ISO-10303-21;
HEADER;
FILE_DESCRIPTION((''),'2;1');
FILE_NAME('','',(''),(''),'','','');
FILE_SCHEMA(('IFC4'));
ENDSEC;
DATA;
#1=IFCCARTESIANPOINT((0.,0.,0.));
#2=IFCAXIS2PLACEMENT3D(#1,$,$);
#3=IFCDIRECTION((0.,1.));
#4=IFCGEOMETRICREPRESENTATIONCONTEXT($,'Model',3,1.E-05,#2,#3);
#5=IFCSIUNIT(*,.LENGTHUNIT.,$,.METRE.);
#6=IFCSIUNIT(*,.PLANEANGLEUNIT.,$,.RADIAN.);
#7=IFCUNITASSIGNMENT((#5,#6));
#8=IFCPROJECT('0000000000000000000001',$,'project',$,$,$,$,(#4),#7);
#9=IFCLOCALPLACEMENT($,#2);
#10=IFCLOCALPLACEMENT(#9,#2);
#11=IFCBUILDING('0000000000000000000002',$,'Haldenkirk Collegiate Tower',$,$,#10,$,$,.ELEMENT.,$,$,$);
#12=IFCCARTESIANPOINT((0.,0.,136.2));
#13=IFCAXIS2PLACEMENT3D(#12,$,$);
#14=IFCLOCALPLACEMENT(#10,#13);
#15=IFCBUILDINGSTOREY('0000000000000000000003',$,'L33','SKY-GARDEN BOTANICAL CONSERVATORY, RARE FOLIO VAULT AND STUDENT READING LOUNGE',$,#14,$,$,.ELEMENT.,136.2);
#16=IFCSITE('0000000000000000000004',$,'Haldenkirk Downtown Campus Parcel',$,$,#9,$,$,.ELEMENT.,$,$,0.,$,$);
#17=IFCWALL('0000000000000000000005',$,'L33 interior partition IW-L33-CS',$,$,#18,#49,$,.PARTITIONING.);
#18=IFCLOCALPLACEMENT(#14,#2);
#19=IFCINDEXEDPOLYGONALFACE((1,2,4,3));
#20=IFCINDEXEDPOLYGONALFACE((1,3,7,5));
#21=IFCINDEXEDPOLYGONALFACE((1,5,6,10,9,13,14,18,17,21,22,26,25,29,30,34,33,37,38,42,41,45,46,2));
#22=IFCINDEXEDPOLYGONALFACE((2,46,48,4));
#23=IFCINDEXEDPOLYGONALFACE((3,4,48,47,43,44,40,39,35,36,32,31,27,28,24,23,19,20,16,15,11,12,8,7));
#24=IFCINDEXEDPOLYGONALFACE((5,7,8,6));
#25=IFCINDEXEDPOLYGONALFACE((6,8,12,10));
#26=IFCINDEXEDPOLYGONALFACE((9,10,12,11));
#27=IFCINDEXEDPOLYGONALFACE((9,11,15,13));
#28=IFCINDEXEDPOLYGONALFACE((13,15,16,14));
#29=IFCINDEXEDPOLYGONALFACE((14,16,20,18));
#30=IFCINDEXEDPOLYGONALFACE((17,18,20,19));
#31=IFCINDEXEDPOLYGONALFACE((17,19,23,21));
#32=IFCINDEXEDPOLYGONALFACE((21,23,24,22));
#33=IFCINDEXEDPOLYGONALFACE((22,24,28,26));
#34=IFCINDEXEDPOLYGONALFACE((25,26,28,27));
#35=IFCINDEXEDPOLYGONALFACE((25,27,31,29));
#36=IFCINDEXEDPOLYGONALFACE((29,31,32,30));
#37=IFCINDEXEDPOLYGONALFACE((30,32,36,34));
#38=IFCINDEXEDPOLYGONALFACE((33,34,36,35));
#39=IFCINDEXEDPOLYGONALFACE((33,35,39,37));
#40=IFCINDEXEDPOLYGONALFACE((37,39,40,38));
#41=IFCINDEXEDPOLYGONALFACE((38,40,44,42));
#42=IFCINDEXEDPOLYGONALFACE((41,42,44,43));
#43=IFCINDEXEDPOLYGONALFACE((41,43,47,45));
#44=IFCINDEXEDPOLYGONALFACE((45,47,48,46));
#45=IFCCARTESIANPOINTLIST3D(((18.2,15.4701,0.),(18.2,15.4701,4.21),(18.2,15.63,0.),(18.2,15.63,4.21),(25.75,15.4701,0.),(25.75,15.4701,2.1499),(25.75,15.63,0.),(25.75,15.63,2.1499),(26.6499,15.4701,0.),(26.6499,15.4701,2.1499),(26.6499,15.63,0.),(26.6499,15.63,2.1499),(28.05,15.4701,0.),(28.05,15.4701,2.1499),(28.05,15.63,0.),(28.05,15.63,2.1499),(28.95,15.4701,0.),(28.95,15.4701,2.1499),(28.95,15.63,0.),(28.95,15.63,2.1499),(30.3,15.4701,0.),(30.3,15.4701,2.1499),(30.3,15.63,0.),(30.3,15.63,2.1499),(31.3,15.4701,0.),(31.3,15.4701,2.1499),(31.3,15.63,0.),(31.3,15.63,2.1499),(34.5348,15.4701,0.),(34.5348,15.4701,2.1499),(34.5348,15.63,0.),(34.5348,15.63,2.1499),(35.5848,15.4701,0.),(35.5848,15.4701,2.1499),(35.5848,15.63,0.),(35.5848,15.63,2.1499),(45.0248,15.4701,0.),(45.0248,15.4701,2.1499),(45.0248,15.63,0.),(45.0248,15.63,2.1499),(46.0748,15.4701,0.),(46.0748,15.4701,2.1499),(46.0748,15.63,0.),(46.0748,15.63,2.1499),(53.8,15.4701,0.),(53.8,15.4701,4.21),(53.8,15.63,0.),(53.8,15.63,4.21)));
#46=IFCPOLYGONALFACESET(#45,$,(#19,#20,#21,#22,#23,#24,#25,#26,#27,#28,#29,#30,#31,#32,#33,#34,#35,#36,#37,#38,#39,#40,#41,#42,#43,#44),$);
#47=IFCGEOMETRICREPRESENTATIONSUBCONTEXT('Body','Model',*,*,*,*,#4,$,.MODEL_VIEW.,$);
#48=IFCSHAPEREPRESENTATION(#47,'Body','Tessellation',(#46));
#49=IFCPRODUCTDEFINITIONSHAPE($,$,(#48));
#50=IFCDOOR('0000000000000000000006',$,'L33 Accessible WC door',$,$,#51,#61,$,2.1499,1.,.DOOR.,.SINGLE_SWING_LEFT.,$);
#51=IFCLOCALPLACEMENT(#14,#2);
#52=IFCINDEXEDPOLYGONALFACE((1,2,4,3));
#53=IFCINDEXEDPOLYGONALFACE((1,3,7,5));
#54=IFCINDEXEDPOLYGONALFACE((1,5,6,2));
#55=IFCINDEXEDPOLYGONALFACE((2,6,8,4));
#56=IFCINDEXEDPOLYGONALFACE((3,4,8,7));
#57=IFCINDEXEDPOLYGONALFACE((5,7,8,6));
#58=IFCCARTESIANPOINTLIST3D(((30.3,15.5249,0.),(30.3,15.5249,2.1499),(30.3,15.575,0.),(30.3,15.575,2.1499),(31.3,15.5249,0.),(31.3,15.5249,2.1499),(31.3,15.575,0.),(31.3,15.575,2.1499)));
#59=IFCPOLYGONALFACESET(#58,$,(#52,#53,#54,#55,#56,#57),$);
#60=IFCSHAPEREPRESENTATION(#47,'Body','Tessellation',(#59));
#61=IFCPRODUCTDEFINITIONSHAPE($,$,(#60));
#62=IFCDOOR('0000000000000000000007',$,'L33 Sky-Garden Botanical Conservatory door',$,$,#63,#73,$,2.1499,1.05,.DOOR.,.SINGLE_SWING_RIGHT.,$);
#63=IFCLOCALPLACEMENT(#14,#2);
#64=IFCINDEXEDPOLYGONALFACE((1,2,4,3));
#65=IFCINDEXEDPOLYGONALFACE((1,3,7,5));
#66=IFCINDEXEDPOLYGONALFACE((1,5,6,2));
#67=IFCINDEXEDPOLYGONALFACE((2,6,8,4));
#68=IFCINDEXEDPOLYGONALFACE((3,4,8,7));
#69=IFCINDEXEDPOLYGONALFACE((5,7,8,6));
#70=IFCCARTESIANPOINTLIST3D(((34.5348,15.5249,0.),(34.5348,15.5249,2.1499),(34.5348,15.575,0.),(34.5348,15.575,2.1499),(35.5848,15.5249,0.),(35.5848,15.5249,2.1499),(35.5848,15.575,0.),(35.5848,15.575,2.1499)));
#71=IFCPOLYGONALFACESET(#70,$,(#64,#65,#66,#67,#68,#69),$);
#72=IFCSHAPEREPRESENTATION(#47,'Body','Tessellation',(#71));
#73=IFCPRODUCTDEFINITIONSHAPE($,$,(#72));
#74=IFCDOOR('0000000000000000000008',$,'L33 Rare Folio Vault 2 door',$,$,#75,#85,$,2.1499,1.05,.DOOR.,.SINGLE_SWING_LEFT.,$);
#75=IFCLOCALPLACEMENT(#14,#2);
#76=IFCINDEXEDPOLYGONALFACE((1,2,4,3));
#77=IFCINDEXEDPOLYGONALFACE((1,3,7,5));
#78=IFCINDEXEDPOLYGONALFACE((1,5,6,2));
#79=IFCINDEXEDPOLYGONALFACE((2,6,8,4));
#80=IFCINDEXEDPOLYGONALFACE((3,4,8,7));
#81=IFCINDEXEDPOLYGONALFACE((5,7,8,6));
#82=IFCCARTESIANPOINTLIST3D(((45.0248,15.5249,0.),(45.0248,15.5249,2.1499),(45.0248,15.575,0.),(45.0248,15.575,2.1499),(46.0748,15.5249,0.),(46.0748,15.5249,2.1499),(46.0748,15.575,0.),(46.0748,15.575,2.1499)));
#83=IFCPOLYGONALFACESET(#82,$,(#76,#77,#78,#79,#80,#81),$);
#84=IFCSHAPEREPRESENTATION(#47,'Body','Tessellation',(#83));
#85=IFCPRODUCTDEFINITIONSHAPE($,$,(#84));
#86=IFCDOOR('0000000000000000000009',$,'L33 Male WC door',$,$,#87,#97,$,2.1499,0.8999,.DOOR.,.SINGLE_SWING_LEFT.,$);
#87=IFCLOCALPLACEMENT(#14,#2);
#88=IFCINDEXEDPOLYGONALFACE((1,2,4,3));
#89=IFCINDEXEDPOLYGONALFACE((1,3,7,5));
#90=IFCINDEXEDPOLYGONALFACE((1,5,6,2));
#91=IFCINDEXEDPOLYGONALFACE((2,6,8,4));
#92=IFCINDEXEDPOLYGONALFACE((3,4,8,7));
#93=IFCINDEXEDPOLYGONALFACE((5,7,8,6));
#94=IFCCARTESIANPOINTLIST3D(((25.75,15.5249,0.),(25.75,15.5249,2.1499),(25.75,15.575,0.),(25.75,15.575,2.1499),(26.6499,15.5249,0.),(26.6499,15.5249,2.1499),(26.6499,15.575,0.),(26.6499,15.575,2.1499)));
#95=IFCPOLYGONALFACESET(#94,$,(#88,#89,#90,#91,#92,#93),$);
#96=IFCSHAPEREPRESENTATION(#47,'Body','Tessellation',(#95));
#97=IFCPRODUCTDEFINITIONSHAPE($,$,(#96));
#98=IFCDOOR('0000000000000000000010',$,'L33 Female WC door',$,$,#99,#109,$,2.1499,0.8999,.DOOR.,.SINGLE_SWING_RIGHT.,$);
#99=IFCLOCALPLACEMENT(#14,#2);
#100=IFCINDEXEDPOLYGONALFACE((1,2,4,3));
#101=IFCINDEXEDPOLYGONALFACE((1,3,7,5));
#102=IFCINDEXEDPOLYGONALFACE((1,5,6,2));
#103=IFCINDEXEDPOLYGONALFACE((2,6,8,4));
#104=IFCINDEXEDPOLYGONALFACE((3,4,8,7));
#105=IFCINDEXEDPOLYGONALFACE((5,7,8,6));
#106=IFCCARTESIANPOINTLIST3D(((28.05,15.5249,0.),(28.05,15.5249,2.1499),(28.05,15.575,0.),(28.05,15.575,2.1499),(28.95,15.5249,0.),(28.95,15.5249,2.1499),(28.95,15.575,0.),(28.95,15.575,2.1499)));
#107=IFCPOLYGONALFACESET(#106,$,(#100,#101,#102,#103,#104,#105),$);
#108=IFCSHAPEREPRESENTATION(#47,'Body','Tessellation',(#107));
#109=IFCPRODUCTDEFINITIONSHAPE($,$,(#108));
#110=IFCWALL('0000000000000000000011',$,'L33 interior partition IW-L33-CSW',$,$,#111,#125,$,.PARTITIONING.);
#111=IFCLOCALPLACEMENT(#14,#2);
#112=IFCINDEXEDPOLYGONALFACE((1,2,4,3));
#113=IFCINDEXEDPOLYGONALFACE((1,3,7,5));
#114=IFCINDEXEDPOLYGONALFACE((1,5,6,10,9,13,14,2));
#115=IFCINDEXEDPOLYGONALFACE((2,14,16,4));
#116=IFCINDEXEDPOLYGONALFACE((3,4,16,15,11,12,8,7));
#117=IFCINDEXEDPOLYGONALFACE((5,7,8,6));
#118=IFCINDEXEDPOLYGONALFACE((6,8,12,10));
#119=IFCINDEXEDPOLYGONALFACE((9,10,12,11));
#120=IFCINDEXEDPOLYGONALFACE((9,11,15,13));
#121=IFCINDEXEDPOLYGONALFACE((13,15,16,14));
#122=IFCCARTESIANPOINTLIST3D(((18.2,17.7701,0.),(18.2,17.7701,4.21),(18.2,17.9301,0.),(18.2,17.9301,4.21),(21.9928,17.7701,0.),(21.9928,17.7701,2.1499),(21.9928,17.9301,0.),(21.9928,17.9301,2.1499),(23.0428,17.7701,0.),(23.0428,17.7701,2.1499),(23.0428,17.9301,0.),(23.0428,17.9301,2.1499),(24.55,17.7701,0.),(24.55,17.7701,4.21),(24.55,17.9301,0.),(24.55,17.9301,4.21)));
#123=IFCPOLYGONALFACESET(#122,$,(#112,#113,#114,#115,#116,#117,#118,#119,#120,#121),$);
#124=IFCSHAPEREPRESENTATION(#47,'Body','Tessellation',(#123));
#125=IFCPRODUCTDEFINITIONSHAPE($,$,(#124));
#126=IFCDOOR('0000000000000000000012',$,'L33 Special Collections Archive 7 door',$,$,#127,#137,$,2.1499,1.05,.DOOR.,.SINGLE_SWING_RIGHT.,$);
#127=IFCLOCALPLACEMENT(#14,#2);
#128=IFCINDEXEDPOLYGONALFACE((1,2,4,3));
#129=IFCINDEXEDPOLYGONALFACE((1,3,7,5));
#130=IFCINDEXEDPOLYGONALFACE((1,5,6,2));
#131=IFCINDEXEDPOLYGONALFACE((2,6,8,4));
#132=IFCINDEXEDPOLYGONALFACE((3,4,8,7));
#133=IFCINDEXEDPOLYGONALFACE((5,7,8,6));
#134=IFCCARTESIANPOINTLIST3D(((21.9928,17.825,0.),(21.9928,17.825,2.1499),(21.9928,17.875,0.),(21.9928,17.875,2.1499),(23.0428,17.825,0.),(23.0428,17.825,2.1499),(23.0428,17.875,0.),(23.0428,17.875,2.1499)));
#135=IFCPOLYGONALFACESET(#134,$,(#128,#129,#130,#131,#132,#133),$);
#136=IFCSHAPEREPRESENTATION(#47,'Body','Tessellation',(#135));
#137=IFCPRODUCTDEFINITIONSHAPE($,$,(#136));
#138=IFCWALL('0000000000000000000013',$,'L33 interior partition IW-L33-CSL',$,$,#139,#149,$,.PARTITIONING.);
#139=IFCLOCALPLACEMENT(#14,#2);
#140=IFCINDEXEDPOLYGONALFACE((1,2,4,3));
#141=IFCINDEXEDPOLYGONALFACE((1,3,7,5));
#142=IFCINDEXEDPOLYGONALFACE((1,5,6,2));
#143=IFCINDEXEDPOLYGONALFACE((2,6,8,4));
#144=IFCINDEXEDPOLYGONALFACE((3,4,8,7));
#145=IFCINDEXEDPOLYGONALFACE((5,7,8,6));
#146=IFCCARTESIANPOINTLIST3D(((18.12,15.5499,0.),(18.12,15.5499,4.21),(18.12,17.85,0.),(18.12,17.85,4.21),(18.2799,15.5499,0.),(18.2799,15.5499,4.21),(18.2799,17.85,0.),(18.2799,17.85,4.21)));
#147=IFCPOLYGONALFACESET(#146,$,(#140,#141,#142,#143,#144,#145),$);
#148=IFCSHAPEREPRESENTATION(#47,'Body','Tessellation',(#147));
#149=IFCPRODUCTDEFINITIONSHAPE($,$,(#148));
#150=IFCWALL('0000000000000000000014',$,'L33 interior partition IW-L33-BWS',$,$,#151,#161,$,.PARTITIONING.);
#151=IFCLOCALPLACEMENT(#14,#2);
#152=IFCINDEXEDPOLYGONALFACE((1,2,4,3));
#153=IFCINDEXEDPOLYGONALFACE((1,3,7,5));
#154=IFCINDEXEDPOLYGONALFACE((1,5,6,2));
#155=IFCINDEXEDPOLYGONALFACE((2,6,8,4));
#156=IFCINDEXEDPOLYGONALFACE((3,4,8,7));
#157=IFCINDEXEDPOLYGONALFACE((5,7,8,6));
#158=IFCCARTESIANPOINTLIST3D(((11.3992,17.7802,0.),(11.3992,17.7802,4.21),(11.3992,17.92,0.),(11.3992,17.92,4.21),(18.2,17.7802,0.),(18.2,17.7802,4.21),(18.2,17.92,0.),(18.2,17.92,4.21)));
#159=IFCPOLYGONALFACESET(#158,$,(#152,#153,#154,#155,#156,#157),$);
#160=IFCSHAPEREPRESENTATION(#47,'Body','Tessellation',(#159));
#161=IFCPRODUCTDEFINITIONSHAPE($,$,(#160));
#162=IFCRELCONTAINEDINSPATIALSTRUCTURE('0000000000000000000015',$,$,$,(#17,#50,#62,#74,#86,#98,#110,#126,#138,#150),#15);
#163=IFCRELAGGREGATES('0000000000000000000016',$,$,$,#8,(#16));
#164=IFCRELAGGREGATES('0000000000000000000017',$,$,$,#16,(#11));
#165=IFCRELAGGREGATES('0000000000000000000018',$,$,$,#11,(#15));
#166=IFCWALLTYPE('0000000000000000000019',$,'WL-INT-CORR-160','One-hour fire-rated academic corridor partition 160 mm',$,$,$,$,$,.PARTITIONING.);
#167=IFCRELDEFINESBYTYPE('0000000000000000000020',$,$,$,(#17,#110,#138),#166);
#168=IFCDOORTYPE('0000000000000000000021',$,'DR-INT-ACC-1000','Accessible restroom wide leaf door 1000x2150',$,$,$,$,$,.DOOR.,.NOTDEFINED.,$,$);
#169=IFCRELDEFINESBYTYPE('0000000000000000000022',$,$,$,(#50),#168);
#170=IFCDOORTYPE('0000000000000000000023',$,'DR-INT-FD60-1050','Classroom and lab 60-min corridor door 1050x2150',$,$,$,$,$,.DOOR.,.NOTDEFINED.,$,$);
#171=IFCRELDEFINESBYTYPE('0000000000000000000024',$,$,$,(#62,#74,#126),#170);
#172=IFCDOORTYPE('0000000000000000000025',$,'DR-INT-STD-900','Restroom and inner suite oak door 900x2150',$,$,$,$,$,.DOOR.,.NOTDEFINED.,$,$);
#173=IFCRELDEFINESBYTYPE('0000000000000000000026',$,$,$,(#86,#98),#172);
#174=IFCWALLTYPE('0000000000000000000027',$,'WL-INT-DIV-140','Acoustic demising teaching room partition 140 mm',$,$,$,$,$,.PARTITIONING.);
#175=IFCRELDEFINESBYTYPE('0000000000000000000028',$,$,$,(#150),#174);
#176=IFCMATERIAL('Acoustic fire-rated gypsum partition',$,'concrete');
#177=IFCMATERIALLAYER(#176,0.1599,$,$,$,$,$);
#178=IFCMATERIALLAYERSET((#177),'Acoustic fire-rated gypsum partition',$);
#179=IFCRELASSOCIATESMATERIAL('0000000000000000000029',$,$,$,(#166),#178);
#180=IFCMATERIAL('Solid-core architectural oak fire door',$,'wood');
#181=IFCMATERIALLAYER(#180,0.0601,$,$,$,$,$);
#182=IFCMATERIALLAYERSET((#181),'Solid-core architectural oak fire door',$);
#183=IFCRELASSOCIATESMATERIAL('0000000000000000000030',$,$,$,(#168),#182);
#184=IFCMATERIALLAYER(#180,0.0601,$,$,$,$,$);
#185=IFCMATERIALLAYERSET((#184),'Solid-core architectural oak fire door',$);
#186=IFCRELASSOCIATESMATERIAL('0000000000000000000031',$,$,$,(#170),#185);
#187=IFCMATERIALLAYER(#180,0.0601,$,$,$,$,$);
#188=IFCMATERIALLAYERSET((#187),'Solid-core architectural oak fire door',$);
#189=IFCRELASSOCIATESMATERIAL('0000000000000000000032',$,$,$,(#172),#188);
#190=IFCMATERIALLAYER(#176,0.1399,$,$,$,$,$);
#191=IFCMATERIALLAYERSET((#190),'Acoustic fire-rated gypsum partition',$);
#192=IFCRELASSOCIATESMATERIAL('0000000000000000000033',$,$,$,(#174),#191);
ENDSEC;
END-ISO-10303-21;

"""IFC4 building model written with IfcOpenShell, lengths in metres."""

from ifc_helpers import new_model, si_unit, direction, frame, frame_2d, origin, place, context, subcontext, project, spatial, rectangle, extrude, material, layer, layer_set, type_object, element, fill, save


model = new_model("IFC4")

# Units and contexts
model_context = context("Model", 3, precision=1e-05, world=origin(), true_north=direction((0.0, 1.0)))
body_context = subcontext(model_context, "Body", "Model", "MODEL_VIEW")
ifc_project = project(units=[si_unit("LENGTHUNIT", "METRE"), si_unit("PLANEANGLEUNIT", "RADIAN")], contexts=[model_context])

# Site, building, storey
site_placement = place(None, origin())
site = spatial("IfcSite", under=ifc_project, at=site_placement, Name="Haldenkirk Downtown Campus Parcel", CompositionType="ELEMENT", RefElevation=0.0)
building_placement = place(site_placement, origin())
building = spatial("IfcBuilding", under=site, at=building_placement, Name="Haldenkirk Collegiate Tower", CompositionType="ELEMENT")
storey_placement = place(building_placement, frame((0.0, 0.0, 136.2)))
storey = spatial("IfcBuildingStorey", under=building, at=storey_placement, Name="L33", Description="SKY-GARDEN BOTANICAL CONSERVATORY, RARE FOLIO VAULT AND STUDENT READING LOUNGE", CompositionType="ELEMENT", Elevation=136.2)

# Wall, openings, doors
ifc_material_1 = material(Name="Acoustic fire-rated gypsum partition", Category="concrete")
ifc_layer_1 = layer(ifc_material_1, 0.1599)
ifc_layer_set_1 = layer_set([ifc_layer_1], Name="Acoustic fire-rated gypsum partition")
wall_type_1 = type_object("IfcWallType", Name="WL-INT-CORR-160", Description="One-hour fire-rated academic corridor partition 160 mm", PredefinedType="PARTITIONING", material=ifc_layer_set_1)
wall_1_placement = place(storey_placement, frame((18.2, 15.55, 0.0), z_axis=(0.0, 0.0, 1.0), x_axis=(1.0, 0.0, 0.0)))
wall_1 = element("IfcWall", 1, at=wall_1_placement, inside=storey, type_object=wall_type_1, Name="L33 interior partition IW-L33-CS", PredefinedType="PARTITIONING", context=body_context, shape_type="SweptSolid", body=[
    extrude(rectangle(XDim=35.6001, YDim=0.1599, at=frame_2d((17.8, 0.0))), origin(), (0.0, 0.0, 1.0), 4.21),
])
opening_1_placement = place(wall_1_placement, frame((7.55, 0.0, 0.0)))
opening_1 = element("IfcOpeningElement", 2, at=opening_1_placement, cuts=wall_1, PredefinedType="OPENING", context=body_context, shape_type="SweptSolid", body=[
    extrude(rectangle(XDim=0.8999, YDim=2.1499, at=frame_2d((0.45, 1.075))), frame((0.0, 0.0898, 0.0), z_axis=(0.0, -1.0, 0.0), x_axis=(1.0, 0.0, 0.0)), (0.0, 0.0, 1.0), 0.1799),
])
opening_2_placement = place(wall_1_placement, frame((9.8501, 0.0, 0.0)))
opening_2 = element("IfcOpeningElement", 3, at=opening_2_placement, cuts=wall_1, PredefinedType="OPENING", context=body_context, shape_type="SweptSolid", body=[
    extrude(rectangle(XDim=0.8999, YDim=2.1499, at=frame_2d((0.45, 1.075))), frame((0.0, 0.0898, 0.0), z_axis=(0.0, -1.0, 0.0), x_axis=(1.0, 0.0, 0.0)), (0.0, 0.0, 1.0), 0.1799),
])
opening_3_placement = place(wall_1_placement, frame((12.1001, 0.0, 0.0)))
opening_3 = element("IfcOpeningElement", 4, at=opening_3_placement, cuts=wall_1, PredefinedType="OPENING", context=body_context, shape_type="SweptSolid", body=[
    extrude(rectangle(XDim=1.0, YDim=2.1499, at=frame_2d((0.5, 1.075))), frame((0.0, 0.0898, 0.0), z_axis=(0.0, -1.0, 0.0), x_axis=(1.0, 0.0, 0.0)), (0.0, 0.0, 1.0), 0.1799),
])
opening_4_placement = place(wall_1_placement, frame((16.335, 0.0, 0.0)))
opening_4 = element("IfcOpeningElement", 5, at=opening_4_placement, cuts=wall_1, PredefinedType="OPENING", context=body_context, shape_type="SweptSolid", body=[
    extrude(rectangle(XDim=1.05, YDim=2.1499, at=frame_2d((0.5249, 1.075))), frame((0.0, 0.0898, 0.0), z_axis=(0.0, -1.0, 0.0), x_axis=(1.0, 0.0, 0.0)), (0.0, 0.0, 1.0), 0.1799),
])
opening_5_placement = place(wall_1_placement, frame((26.825, 0.0, 0.0)))
opening_5 = element("IfcOpeningElement", 6, at=opening_5_placement, cuts=wall_1, PredefinedType="OPENING", context=body_context, shape_type="SweptSolid", body=[
    extrude(rectangle(XDim=1.05, YDim=2.1499, at=frame_2d((0.5249, 1.075))), frame((0.0, 0.0898, 0.0), z_axis=(0.0, -1.0, 0.0), x_axis=(1.0, 0.0, 0.0)), (0.0, 0.0, 1.0), 0.1799),
])
ifc_material_2 = material(Name="Solid-core architectural oak fire door", Category="wood")
ifc_layer_2 = layer(ifc_material_2, 0.0601)
ifc_layer_set_2 = layer_set([ifc_layer_2], Name="Solid-core architectural oak fire door")
door_type_1 = type_object("IfcDoorType", Name="DR-INT-ACC-1000", Description="Accessible restroom wide leaf door 1000x2150", OperationType="NOTDEFINED", PredefinedType="DOOR", material=ifc_layer_set_2)
door_1_placement = place(opening_3_placement, origin())
door_1 = element("IfcDoor", 7, at=door_1_placement, inside=storey, type_object=door_type_1, Name="L33 Accessible WC door", OperationType="SINGLE_SWING_LEFT", OverallHeight=2.1499, OverallWidth=1.0, PredefinedType="DOOR", context=body_context, shape_type="SweptSolid", body=[
    extrude(rectangle(XDim=1.0, YDim=2.1499, at=frame_2d((0.5, 1.075))), frame((0.0, 0.0249, 0.0), z_axis=(0.0, -1.0, 0.0), x_axis=(1.0, 0.0, 0.0)), (0.0, 0.0, 1.0), 0.05),
])
fill(opening_3, door_1)
ifc_layer_3 = layer(ifc_material_2, 0.0601)
ifc_layer_set_3 = layer_set([ifc_layer_3], Name="Solid-core architectural oak fire door")
door_type_2 = type_object("IfcDoorType", Name="DR-INT-FD60-1050", Description="Classroom and lab 60-min corridor door 1050x2150", OperationType="NOTDEFINED", PredefinedType="DOOR", material=ifc_layer_set_3)
door_2_placement = place(opening_4_placement, origin())
door_2 = element("IfcDoor", 8, at=door_2_placement, inside=storey, type_object=door_type_2, Name="L33 Sky-Garden Botanical Conservatory door", OperationType="SINGLE_SWING_RIGHT", OverallHeight=2.1499, OverallWidth=1.05, PredefinedType="DOOR", context=body_context, shape_type="SweptSolid", body=[
    extrude(rectangle(XDim=1.05, YDim=2.1499, at=frame_2d((0.5249, 1.075))), frame((0.0, 0.0249, 0.0), z_axis=(0.0, -1.0, 0.0), x_axis=(1.0, 0.0, 0.0)), (0.0, 0.0, 1.0), 0.05),
])
fill(opening_4, door_2)
door_3_placement = place(opening_5_placement, origin())
door_3 = element("IfcDoor", 9, at=door_3_placement, inside=storey, type_object=door_type_2, Name="L33 Rare Folio Vault 2 door", OperationType="SINGLE_SWING_LEFT", OverallHeight=2.1499, OverallWidth=1.05, PredefinedType="DOOR", context=body_context, shape_type="SweptSolid", body=[
    extrude(rectangle(XDim=1.05, YDim=2.1499, at=frame_2d((0.5249, 1.075))), frame((0.0, 0.0249, 0.0), z_axis=(0.0, -1.0, 0.0), x_axis=(1.0, 0.0, 0.0)), (0.0, 0.0, 1.0), 0.05),
])
fill(opening_5, door_3)
ifc_layer_4 = layer(ifc_material_2, 0.0601)
ifc_layer_set_4 = layer_set([ifc_layer_4], Name="Solid-core architectural oak fire door")
door_type_3 = type_object("IfcDoorType", Name="DR-INT-STD-900", Description="Restroom and inner suite oak door 900x2150", OperationType="NOTDEFINED", PredefinedType="DOOR", material=ifc_layer_set_4)
door_4_placement = place(opening_1_placement, origin())
door_4 = element("IfcDoor", 10, at=door_4_placement, inside=storey, type_object=door_type_3, Name="L33 Male WC door", OperationType="SINGLE_SWING_LEFT", OverallHeight=2.1499, OverallWidth=0.8999, PredefinedType="DOOR", context=body_context, shape_type="SweptSolid", body=[
    extrude(rectangle(XDim=0.8999, YDim=2.1499, at=frame_2d((0.45, 1.075))), frame((0.0, 0.0249, 0.0), z_axis=(0.0, -1.0, 0.0), x_axis=(1.0, 0.0, 0.0)), (0.0, 0.0, 1.0), 0.05),
])
fill(opening_1, door_4)
door_5_placement = place(opening_2_placement, origin())
door_5 = element("IfcDoor", 11, at=door_5_placement, inside=storey, type_object=door_type_3, Name="L33 Female WC door", OperationType="SINGLE_SWING_RIGHT", OverallHeight=2.1499, OverallWidth=0.8999, PredefinedType="DOOR", context=body_context, shape_type="SweptSolid", body=[
    extrude(rectangle(XDim=0.8999, YDim=2.1499, at=frame_2d((0.45, 1.075))), frame((0.0, 0.0249, 0.0), z_axis=(0.0, -1.0, 0.0), x_axis=(1.0, 0.0, 0.0)), (0.0, 0.0, 1.0), 0.05),
])
fill(opening_2, door_5)

# Wall, opening, door
wall_2_placement = place(storey_placement, frame((18.2, 17.8501, 0.0), z_axis=(0.0, 0.0, 1.0), x_axis=(1.0, 0.0, 0.0)))
wall_2 = element("IfcWall", 12, at=wall_2_placement, inside=storey, type_object=wall_type_1, Name="L33 interior partition IW-L33-CSW", PredefinedType="PARTITIONING", context=body_context, shape_type="SweptSolid", body=[
    extrude(rectangle(XDim=6.3501, YDim=0.1599, at=frame_2d((3.175, 0.0))), origin(), (0.0, 0.0, 1.0), 4.21),
])
opening_6_placement = place(wall_2_placement, frame((3.793, 0.0, 0.0)))
opening_6 = element("IfcOpeningElement", 13, at=opening_6_placement, cuts=wall_2, PredefinedType="OPENING", context=body_context, shape_type="SweptSolid", body=[
    extrude(rectangle(XDim=1.05, YDim=2.1499, at=frame_2d((0.5249, 1.075))), frame((0.0, 0.0898, 0.0), z_axis=(0.0, -1.0, 0.0), x_axis=(1.0, 0.0, 0.0)), (0.0, 0.0, 1.0), 0.1799),
])
door_6_placement = place(opening_6_placement, origin())
door_6 = element("IfcDoor", 14, at=door_6_placement, inside=storey, type_object=door_type_2, Name="L33 Special Collections Archive 7 door", OperationType="SINGLE_SWING_RIGHT", OverallHeight=2.1499, OverallWidth=1.05, PredefinedType="DOOR", context=body_context, shape_type="SweptSolid", body=[
    extrude(rectangle(XDim=1.05, YDim=2.1499, at=frame_2d((0.5249, 1.075))), frame((0.0, 0.0249, 0.0), z_axis=(0.0, -1.0, 0.0), x_axis=(1.0, 0.0, 0.0)), (0.0, 0.0, 1.0), 0.05),
])
fill(opening_6, door_6)

# Walls
wall_3_placement = place(storey_placement, frame((18.2, 15.55, 0.0), z_axis=(0.0, 0.0, 1.0), x_axis=(0.0, 1.0, 0.0)))
element("IfcWall", 15, at=wall_3_placement, inside=storey, type_object=wall_type_1, Name="L33 interior partition IW-L33-CSL", PredefinedType="PARTITIONING", context=body_context, shape_type="SweptSolid", body=[
    extrude(rectangle(XDim=2.3, YDim=0.1599, at=frame_2d((1.1499, 0.0))), origin(), (0.0, 0.0, 1.0), 4.21),
])
ifc_layer_5 = layer(ifc_material_1, 0.1399)
ifc_layer_set_5 = layer_set([ifc_layer_5], Name="Acoustic fire-rated gypsum partition")
wall_type_2 = type_object("IfcWallType", Name="WL-INT-DIV-140", Description="Acoustic demising teaching room partition 140 mm", PredefinedType="PARTITIONING", material=ifc_layer_set_5)
wall_4_placement = place(storey_placement, frame((11.3992, 17.8501, 0.0), z_axis=(0.0, 0.0, 1.0), x_axis=(1.0, 0.0, 0.0)))
element("IfcWall", 16, at=wall_4_placement, inside=storey, type_object=wall_type_2, Name="L33 interior partition IW-L33-BWS", PredefinedType="PARTITIONING", context=body_context, shape_type="SweptSolid", body=[
    extrude(rectangle(XDim=6.8008, YDim=0.1399, at=frame_2d((3.4004, 0.0))), origin(), (0.0, 0.0, 1.0), 4.21),
])

save(model, "model.ifc")
